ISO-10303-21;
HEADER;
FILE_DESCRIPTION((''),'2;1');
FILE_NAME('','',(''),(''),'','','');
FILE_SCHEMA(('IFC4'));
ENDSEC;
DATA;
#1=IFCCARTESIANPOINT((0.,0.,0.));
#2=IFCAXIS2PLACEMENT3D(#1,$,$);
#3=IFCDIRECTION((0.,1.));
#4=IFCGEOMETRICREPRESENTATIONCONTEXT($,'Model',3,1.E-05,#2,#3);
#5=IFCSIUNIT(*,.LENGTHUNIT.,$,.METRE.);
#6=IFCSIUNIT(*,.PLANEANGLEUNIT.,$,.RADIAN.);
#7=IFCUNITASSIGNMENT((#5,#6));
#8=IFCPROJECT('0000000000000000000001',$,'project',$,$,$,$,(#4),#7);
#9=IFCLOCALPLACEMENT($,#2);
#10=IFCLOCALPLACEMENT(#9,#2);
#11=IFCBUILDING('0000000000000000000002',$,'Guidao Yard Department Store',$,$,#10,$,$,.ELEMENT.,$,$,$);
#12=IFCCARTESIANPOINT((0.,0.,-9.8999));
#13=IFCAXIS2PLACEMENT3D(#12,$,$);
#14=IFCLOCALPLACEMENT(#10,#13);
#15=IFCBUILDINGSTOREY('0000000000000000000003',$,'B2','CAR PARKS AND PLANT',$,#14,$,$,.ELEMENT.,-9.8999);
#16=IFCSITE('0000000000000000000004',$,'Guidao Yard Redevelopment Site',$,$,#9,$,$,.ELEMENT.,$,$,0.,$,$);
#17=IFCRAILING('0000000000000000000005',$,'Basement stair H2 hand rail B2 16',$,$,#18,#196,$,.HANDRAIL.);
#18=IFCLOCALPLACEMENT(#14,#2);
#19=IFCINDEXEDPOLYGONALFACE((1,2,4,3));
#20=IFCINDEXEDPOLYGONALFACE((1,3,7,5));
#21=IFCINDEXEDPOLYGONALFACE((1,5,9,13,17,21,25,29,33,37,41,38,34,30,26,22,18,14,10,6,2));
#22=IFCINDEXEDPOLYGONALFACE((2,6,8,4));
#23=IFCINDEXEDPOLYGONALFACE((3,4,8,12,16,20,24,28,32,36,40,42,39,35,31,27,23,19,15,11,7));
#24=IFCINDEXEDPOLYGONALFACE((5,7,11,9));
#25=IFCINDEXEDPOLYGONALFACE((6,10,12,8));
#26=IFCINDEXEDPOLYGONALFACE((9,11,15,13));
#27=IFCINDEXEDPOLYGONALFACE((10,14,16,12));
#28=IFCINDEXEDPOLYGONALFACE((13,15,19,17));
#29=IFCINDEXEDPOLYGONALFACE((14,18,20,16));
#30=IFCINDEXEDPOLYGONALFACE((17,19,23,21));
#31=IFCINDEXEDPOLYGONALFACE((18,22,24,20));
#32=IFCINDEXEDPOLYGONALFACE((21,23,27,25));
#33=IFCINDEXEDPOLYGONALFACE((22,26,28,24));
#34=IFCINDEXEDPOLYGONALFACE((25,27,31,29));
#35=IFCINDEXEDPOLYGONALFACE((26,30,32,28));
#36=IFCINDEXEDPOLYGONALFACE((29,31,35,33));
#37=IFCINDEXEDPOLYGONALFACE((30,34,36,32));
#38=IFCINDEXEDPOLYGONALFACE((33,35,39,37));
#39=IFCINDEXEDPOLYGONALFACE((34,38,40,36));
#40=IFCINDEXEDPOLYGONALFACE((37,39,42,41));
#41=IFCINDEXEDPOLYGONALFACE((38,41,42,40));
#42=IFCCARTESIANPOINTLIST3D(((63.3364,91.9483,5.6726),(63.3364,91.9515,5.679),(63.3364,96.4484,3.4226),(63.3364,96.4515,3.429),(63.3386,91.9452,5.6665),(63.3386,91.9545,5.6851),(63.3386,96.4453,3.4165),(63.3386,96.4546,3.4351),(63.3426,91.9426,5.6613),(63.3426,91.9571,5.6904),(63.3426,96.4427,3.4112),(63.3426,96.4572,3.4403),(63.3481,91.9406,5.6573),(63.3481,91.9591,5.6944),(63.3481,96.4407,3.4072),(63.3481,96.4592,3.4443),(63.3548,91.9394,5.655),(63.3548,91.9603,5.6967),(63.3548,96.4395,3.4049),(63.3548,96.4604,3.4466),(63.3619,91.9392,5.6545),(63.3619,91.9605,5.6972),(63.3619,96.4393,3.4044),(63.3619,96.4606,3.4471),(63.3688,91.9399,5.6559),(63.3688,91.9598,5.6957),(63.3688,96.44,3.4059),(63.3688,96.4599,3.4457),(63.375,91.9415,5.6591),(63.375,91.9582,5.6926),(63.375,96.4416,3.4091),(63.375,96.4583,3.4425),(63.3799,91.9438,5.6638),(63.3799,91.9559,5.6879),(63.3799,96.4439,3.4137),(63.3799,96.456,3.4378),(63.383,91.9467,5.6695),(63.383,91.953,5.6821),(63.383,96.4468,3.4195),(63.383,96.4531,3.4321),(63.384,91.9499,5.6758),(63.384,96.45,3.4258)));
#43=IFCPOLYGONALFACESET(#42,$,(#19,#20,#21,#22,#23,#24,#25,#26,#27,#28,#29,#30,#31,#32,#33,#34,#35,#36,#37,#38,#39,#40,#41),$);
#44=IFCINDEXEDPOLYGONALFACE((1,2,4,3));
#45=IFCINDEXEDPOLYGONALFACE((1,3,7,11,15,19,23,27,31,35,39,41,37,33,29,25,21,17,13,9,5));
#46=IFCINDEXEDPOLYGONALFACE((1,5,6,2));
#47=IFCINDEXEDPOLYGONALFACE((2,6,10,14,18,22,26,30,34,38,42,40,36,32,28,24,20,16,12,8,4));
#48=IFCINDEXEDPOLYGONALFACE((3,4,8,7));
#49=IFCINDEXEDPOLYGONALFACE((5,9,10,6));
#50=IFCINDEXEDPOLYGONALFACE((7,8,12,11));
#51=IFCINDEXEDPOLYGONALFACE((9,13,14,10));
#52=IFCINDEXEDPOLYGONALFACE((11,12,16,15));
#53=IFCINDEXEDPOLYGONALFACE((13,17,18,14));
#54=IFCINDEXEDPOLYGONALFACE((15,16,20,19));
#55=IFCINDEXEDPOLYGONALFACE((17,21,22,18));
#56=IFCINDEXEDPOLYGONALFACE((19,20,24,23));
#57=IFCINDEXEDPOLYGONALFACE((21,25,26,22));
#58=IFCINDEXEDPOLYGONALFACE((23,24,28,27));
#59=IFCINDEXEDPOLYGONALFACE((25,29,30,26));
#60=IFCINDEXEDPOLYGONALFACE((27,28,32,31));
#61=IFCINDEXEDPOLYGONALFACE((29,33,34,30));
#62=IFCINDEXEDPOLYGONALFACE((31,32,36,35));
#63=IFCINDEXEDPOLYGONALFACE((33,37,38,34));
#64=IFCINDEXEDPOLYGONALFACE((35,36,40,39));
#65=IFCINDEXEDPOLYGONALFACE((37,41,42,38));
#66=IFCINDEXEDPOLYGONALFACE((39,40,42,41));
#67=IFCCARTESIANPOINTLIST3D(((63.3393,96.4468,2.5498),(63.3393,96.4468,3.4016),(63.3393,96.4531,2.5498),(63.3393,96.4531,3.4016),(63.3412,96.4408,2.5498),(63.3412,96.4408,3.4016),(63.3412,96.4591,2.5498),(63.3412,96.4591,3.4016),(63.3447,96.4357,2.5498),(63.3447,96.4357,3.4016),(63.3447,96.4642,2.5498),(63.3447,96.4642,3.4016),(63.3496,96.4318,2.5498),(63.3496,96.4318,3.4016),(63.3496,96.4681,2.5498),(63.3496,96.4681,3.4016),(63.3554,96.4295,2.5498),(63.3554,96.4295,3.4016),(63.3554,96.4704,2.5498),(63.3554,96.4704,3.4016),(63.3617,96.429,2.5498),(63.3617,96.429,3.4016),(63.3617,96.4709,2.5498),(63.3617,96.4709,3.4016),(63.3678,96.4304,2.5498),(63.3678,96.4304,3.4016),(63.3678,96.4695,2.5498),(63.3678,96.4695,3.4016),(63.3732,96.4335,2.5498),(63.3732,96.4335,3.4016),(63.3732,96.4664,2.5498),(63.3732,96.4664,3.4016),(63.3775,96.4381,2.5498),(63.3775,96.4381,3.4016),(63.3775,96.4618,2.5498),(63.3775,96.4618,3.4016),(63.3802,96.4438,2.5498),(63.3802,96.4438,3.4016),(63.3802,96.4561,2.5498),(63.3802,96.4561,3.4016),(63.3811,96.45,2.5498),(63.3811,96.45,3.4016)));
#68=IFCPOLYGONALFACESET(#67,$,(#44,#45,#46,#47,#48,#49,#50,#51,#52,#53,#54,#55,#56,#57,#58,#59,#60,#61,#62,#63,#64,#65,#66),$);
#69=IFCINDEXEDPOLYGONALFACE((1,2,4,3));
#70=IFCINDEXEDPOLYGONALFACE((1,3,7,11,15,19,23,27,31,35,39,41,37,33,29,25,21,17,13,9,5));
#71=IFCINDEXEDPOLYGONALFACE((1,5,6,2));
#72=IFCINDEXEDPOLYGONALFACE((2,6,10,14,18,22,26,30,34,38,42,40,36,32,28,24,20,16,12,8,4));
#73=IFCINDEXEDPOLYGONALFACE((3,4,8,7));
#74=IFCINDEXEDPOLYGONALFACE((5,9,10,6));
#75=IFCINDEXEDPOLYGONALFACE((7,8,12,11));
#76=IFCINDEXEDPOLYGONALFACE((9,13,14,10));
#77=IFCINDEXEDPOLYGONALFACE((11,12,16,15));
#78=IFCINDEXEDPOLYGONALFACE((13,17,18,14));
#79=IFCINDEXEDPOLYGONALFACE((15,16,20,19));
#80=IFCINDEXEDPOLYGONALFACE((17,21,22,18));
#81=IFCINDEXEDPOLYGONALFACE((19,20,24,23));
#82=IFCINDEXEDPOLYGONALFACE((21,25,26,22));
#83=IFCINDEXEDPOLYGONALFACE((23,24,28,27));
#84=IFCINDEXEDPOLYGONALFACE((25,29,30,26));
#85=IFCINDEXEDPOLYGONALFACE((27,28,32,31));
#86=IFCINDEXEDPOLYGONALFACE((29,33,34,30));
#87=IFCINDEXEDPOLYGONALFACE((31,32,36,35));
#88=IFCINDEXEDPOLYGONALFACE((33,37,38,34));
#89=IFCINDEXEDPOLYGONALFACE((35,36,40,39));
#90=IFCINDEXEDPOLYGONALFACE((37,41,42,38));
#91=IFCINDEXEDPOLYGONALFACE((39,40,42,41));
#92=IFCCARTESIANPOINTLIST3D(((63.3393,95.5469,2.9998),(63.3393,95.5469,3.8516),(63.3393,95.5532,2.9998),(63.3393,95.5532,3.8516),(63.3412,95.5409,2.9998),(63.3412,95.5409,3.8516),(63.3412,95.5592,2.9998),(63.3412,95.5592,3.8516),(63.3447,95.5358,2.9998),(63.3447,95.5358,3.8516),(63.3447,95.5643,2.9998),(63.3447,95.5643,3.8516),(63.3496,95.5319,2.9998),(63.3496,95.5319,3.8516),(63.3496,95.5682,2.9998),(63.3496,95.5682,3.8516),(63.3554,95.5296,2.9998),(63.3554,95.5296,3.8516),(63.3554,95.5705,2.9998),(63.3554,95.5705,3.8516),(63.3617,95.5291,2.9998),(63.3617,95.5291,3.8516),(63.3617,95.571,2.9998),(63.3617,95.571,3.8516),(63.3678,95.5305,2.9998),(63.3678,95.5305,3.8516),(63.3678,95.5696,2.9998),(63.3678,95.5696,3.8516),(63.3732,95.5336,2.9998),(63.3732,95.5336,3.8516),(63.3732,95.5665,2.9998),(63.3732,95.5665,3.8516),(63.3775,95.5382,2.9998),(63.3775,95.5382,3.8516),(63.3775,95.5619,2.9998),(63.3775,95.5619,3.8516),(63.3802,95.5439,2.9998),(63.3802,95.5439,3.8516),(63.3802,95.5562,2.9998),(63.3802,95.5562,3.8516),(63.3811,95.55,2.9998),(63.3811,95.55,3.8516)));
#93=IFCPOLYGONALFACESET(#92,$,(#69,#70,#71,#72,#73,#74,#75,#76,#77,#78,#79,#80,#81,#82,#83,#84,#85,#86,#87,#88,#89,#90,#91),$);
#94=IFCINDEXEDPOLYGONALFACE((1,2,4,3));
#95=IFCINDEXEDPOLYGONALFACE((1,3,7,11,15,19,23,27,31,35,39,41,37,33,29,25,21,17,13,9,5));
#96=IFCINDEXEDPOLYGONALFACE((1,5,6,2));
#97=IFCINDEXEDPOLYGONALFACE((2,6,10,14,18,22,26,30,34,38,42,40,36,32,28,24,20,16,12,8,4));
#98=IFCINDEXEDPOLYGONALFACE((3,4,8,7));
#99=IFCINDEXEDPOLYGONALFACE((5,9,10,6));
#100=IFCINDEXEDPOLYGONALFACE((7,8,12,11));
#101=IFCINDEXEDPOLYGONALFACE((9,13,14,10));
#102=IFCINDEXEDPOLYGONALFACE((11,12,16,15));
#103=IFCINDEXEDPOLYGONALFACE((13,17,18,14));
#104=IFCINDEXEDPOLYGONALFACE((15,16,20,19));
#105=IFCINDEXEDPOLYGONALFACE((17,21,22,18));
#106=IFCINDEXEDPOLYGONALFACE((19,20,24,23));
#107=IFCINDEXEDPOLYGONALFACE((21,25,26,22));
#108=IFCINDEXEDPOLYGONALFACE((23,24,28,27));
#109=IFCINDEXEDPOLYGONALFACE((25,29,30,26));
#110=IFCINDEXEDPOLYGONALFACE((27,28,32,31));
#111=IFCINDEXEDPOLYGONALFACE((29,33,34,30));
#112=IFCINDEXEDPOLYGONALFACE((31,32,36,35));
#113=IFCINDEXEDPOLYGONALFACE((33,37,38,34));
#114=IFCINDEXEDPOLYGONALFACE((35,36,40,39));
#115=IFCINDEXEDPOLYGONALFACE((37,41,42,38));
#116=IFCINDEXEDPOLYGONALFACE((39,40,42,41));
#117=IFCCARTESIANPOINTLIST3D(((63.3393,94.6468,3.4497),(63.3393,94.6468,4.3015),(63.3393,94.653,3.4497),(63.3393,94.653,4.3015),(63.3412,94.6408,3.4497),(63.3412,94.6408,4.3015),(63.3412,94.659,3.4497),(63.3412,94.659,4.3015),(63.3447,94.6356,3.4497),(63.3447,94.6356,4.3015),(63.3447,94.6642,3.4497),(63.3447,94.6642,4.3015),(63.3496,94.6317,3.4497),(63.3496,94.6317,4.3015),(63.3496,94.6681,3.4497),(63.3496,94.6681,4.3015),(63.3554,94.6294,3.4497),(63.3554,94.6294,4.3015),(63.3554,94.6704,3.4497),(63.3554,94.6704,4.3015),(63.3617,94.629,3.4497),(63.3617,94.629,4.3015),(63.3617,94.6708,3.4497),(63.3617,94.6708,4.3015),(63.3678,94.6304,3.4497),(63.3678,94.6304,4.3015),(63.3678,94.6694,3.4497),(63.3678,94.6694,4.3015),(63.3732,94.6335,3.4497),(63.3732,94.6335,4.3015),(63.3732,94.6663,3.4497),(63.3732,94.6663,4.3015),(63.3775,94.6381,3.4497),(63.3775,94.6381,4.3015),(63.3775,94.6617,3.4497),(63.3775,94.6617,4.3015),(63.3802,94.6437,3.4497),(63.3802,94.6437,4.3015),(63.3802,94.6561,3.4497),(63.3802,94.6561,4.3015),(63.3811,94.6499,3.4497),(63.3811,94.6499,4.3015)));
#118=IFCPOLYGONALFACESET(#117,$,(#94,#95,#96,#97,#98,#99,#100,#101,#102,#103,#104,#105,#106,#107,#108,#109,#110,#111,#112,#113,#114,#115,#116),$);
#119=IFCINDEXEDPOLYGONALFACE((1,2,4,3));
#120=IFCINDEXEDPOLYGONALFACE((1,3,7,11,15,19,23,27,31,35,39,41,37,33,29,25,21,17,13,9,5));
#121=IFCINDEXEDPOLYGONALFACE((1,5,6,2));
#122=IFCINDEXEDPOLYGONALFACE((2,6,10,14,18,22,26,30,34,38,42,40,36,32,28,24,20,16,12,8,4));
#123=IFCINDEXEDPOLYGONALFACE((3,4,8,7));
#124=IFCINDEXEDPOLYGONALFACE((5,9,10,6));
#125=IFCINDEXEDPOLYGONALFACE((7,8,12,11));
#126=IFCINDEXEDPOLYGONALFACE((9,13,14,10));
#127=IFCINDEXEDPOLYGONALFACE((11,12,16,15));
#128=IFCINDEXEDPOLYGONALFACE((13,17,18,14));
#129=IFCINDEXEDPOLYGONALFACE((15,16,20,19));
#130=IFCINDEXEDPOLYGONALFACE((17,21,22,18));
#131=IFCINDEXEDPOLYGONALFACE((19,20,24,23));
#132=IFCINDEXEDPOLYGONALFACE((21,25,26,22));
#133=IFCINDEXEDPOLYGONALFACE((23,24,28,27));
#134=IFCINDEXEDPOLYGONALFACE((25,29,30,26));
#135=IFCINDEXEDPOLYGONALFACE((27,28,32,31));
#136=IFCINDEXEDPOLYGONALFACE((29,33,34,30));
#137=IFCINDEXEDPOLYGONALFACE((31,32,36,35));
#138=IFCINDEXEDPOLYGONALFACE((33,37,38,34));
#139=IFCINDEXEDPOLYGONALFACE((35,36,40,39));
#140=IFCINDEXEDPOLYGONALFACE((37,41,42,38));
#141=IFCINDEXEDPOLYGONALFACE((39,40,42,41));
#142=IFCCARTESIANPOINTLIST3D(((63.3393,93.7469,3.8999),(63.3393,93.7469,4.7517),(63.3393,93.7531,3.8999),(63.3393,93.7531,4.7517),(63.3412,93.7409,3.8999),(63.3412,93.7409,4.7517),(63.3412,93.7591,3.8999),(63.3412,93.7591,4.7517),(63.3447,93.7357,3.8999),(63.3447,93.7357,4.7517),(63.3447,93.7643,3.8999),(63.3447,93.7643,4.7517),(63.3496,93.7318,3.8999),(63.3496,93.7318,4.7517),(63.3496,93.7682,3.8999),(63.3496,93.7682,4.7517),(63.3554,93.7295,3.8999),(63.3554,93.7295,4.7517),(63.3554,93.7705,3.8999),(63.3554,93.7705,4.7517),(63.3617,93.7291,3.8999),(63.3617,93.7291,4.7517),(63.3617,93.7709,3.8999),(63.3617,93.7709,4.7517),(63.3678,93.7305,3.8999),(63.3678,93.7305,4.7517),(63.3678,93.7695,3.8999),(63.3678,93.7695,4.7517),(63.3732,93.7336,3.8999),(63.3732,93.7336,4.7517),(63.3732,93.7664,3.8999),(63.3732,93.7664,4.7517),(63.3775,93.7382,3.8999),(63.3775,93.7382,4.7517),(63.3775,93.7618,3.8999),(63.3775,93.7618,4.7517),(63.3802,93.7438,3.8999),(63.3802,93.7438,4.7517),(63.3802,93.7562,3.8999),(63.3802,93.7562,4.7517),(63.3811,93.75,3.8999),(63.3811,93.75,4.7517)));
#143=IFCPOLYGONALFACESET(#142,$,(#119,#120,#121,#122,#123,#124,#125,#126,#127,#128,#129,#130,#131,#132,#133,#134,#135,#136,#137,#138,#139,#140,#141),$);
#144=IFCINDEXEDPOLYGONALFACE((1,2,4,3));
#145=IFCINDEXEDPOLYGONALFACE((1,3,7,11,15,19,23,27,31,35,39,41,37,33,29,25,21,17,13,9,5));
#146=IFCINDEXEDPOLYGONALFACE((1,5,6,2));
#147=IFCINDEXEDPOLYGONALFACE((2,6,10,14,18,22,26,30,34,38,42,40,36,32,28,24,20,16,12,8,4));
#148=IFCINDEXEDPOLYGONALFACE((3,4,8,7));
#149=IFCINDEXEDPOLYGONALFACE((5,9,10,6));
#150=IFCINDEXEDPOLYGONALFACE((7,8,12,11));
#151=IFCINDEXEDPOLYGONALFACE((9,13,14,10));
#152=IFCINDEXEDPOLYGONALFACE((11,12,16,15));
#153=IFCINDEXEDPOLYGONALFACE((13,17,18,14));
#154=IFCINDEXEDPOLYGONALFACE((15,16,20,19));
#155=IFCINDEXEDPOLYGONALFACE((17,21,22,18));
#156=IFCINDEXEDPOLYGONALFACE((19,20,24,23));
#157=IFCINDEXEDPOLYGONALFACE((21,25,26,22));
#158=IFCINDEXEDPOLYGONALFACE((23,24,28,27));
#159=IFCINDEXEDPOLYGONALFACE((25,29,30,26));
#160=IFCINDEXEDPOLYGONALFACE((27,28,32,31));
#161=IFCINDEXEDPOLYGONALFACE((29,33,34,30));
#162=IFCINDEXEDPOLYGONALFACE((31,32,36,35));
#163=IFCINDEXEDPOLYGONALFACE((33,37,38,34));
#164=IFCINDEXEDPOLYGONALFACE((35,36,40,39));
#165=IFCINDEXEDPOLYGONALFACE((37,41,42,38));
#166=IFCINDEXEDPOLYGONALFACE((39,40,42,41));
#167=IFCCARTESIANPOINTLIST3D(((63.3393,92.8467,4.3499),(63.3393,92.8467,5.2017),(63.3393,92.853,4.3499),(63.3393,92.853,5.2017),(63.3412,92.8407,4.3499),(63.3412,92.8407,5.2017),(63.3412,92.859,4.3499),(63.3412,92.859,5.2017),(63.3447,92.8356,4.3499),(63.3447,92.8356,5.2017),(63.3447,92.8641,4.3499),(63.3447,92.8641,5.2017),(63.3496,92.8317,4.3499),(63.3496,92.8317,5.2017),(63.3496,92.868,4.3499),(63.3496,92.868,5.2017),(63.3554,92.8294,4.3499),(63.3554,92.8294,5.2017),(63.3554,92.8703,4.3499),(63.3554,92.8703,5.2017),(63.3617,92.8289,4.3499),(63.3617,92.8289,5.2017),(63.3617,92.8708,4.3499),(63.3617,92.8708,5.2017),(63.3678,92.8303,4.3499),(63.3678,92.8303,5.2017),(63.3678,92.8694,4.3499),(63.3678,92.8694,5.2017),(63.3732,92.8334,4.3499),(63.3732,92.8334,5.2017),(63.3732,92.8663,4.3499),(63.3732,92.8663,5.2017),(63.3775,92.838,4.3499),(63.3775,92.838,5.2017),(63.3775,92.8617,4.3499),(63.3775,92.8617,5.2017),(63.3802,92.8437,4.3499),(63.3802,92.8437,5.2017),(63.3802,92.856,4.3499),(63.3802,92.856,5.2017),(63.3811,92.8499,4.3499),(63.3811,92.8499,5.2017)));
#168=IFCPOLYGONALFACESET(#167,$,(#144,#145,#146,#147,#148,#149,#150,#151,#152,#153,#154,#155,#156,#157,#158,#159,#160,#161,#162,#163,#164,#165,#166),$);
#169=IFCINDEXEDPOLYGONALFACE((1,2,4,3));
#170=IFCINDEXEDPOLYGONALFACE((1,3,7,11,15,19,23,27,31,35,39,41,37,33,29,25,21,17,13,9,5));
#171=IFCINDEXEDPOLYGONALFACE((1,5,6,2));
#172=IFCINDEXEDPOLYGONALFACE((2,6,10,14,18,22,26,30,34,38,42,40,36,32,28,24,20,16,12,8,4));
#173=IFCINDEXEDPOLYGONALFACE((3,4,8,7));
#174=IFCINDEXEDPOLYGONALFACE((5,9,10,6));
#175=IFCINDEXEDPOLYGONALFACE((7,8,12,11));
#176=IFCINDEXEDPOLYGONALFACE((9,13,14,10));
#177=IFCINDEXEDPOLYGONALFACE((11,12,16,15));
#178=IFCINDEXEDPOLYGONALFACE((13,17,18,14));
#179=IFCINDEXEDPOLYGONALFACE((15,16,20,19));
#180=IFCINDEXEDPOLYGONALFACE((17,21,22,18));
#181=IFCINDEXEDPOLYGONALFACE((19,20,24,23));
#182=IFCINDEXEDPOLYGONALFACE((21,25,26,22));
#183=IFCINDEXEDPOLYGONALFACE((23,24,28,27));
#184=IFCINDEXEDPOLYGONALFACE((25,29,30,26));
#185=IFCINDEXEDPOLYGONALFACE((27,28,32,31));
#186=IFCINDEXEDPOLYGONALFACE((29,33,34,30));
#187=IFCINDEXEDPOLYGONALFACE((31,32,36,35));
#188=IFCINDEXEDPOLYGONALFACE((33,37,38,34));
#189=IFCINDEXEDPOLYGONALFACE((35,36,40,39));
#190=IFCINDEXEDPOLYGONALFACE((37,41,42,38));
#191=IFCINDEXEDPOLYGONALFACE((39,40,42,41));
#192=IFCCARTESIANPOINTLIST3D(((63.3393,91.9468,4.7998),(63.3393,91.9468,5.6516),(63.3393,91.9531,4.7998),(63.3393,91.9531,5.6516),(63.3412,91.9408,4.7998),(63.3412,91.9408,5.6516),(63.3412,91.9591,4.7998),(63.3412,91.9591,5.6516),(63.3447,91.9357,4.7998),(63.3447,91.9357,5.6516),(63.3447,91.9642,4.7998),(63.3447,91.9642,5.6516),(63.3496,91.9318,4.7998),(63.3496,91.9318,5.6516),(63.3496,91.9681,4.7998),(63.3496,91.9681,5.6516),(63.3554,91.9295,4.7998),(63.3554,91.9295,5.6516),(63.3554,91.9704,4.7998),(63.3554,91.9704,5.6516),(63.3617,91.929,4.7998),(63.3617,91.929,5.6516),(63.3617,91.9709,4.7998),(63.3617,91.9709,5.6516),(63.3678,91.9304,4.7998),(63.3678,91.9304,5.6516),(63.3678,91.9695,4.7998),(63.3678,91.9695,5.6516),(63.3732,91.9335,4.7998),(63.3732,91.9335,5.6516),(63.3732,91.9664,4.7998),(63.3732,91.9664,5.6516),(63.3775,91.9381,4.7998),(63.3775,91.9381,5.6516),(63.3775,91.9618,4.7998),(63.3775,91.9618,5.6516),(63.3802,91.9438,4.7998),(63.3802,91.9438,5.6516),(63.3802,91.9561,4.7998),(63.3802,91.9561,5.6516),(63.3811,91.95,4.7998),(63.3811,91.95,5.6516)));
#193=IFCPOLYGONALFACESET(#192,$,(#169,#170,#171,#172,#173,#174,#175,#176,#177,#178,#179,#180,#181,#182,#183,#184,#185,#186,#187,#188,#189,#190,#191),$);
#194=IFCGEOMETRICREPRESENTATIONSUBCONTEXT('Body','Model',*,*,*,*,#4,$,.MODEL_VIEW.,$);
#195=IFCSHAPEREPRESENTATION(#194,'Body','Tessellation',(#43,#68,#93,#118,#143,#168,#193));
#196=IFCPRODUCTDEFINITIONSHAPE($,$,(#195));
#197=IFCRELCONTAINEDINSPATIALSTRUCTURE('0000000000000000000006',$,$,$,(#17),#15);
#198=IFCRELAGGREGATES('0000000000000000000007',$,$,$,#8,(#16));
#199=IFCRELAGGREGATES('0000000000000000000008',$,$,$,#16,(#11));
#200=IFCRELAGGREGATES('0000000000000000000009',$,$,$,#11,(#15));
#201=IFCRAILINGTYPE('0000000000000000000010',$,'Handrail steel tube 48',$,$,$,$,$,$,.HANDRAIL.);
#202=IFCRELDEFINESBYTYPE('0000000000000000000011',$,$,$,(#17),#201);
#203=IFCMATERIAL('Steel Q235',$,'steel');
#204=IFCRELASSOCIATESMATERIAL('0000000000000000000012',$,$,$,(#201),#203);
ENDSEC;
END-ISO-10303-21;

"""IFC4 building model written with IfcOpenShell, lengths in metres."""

from ifc_helpers import new_model, si_unit, direction, frame, origin, origin_2d, place, context, subcontext, project, spatial, circle, extrude, material, type_object, element, save


model = new_model("IFC4")

# Units and contexts
model_context = context("Model", 3, precision=1e-05, world=origin(), true_north=direction((0.0, 1.0)))
body_context = subcontext(model_context, "Body", "Model", "MODEL_VIEW")
ifc_project = project(units=[si_unit("LENGTHUNIT", "METRE"), si_unit("PLANEANGLEUNIT", "RADIAN")], contexts=[model_context])

# Site, building, storey
site_placement = place(None, origin())
site = spatial("IfcSite", under=ifc_project, at=site_placement, Name="Guidao Yard Redevelopment Site", CompositionType="ELEMENT", RefElevation=0.0)
building_placement = place(site_placement, origin())
building = spatial("IfcBuilding", under=site, at=building_placement, Name="Guidao Yard Department Store", CompositionType="ELEMENT")
storey_placement = place(building_placement, frame((0.0, 0.0, -9.8999)))
storey = spatial("IfcBuildingStorey", under=building, at=storey_placement, Name="B2", Description="CAR PARKS AND PLANT", CompositionType="ELEMENT", Elevation=-9.8999)

# Railing
ifc_material_1 = material(Name="Steel Q235", Category="steel")
railing_type = type_object("IfcRailingType", Name="Handrail steel tube 48", PredefinedType="HANDRAIL", material=ifc_material_1)
for number, where, name in (
    (1, (63.3601, 96.45, 2.5498), "Basement stair H2 hand rail B2 16"),
):
    element("IfcRailing", number, at=place(storey_placement, frame(where)), inside=storey, type_object=railing_type, Name=name, PredefinedType="HANDRAIL", context=body_context, shape_type="SweptSolid", body=[
        extrude(circle(Radius=0.0239, at=origin_2d()), frame((0.0, 0.0, 0.876), z_axis=(0.0, -0.894427, 0.447214), x_axis=(1.0, 0.0, 0.0)), (0.0, 0.0, 1.0), 5.0312),
        extrude(circle(Radius=0.021, at=origin_2d()), origin(), (0.0, 0.0, 1.0), 0.8518),
        extrude(circle(Radius=0.021, at=origin_2d()), frame((0.0, -0.8999, 0.45)), (0.0, 0.0, 1.0), 0.8518),
        extrude(circle(Radius=0.021, at=origin_2d()), frame((0.0, -1.8, 0.8999)), (0.0, 0.0, 1.0), 0.8518),
        extrude(circle(Radius=0.021, at=origin_2d()), frame((0.0, -2.7, 1.3501)), (0.0, 0.0, 1.0), 0.8518),
        extrude(circle(Radius=0.021, at=origin_2d()), frame((0.0, -3.6001, 1.8)), (0.0, 0.0, 1.0), 0.8518),
        extrude(circle(Radius=0.021, at=origin_2d()), frame((0.0, -4.5, 2.25)), (0.0, 0.0, 1.0), 0.8518),
    ])

save(model, "model.ifc")
